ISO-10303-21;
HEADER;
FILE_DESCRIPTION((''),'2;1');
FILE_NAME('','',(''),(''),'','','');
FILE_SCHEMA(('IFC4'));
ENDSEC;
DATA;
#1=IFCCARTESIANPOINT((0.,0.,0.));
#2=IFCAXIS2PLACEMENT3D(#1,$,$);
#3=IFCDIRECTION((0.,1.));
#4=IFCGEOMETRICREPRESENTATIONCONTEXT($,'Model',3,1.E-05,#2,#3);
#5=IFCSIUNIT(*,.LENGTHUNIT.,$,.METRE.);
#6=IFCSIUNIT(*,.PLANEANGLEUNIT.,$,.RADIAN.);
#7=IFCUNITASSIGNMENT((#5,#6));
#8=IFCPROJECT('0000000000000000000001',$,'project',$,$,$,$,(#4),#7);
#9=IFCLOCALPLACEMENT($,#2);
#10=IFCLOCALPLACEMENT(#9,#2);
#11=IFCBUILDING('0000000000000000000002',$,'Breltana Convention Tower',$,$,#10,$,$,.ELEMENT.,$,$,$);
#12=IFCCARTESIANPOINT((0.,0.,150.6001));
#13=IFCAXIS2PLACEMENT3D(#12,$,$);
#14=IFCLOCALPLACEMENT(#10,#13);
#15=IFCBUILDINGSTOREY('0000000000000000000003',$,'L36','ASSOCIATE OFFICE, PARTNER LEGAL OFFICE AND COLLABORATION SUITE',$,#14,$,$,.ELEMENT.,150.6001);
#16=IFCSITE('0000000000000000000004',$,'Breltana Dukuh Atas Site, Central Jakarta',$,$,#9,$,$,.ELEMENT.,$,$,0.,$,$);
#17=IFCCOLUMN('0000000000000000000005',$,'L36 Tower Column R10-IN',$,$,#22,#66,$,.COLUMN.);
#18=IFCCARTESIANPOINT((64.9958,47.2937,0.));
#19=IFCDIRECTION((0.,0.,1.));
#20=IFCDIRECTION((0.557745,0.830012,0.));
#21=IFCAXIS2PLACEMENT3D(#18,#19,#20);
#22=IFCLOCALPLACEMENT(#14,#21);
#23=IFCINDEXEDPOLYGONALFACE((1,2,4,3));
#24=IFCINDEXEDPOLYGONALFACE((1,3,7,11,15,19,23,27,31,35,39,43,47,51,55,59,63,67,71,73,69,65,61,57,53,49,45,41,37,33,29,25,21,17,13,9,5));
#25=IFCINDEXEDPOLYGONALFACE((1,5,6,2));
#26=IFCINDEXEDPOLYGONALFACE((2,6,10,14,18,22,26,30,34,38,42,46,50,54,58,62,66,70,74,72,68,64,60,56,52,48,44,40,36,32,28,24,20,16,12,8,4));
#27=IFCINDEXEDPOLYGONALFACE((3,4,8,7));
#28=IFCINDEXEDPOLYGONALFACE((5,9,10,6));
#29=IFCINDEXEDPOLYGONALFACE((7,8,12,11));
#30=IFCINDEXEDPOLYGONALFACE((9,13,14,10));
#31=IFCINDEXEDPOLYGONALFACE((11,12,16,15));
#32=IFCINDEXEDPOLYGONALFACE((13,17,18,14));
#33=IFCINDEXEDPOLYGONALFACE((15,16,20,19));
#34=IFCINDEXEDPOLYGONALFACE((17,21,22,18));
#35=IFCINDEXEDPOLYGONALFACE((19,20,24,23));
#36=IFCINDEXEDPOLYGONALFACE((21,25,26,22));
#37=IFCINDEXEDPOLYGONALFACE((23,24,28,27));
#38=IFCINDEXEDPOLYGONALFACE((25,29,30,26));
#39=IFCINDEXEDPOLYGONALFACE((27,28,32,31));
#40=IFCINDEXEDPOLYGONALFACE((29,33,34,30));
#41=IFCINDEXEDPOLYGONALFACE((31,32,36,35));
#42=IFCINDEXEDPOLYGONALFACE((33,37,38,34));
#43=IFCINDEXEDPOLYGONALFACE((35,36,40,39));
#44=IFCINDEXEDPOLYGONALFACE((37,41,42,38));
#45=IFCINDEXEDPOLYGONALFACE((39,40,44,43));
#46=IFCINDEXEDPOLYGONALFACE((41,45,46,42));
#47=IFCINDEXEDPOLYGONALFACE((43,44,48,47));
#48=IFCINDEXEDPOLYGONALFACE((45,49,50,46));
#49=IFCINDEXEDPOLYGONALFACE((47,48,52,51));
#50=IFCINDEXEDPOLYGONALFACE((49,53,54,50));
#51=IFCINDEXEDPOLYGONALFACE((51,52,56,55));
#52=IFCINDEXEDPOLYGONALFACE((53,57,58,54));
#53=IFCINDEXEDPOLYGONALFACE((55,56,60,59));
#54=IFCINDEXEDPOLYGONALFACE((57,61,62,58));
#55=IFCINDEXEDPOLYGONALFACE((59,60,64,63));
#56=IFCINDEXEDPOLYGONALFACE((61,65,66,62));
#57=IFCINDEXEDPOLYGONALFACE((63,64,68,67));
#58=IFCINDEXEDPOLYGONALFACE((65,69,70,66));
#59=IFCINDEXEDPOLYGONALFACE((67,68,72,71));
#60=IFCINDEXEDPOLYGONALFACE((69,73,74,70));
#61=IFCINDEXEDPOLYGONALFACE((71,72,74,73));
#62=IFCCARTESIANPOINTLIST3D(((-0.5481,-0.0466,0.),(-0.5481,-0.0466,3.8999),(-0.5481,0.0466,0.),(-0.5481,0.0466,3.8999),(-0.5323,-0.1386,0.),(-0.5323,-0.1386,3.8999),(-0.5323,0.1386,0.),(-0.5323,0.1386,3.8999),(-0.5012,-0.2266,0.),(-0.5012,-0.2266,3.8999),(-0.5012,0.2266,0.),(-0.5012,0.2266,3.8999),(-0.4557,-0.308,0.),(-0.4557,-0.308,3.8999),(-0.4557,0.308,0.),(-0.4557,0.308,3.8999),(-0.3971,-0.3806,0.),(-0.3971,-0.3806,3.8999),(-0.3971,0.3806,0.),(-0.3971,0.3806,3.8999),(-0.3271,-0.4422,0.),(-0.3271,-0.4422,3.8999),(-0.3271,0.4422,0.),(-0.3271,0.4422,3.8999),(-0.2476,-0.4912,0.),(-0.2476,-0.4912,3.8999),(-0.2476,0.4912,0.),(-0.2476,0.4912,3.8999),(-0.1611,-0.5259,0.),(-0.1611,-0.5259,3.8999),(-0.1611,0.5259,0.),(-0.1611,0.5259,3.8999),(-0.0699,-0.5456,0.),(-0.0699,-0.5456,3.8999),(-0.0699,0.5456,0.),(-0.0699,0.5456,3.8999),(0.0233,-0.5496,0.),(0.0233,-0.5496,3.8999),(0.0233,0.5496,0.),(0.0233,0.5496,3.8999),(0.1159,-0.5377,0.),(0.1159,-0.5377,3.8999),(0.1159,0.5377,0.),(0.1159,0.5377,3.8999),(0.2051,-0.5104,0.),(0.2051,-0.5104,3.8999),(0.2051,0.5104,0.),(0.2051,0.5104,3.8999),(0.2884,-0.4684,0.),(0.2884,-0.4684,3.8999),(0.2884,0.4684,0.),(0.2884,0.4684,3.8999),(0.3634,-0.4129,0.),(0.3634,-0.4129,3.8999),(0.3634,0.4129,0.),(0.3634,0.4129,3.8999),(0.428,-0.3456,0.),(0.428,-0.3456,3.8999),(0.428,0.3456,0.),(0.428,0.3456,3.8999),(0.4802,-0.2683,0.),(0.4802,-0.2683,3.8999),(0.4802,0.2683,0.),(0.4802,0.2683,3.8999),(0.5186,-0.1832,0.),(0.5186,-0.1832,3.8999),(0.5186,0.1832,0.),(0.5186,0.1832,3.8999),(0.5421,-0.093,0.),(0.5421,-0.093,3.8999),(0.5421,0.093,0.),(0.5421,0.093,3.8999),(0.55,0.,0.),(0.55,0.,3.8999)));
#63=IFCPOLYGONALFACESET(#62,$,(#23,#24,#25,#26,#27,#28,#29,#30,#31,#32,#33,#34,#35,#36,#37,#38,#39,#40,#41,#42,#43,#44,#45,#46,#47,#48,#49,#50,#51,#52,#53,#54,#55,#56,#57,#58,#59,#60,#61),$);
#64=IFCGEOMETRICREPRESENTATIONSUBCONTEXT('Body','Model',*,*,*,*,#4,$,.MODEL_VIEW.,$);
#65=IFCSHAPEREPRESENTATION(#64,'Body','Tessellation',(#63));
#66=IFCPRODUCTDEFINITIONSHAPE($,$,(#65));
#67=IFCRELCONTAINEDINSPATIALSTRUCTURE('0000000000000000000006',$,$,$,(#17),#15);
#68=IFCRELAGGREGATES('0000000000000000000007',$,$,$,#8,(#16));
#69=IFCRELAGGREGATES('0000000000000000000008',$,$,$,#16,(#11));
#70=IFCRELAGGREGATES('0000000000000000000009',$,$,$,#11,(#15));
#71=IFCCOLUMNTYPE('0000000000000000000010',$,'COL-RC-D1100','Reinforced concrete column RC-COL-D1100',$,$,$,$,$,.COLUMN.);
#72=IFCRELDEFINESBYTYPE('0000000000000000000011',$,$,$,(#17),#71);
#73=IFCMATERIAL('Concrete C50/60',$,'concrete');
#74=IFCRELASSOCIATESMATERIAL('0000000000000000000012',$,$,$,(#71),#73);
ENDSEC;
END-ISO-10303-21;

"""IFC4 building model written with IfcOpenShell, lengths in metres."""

from ifc_helpers import new_model, si_unit, direction, frame, origin, origin_2d, place, context, subcontext, project, spatial, circle, extrude, source, transform, mapped, material, material_profile, profile_set, type_object, element, save


model = new_model("IFC4")

# Units and contexts
model_context = context("Model", 3, precision=1e-05, world=origin(), true_north=direction((0.0, 1.0)))
body_context = subcontext(model_context, "Body", "Model", "MODEL_VIEW")
ifc_project = project(units=[si_unit("LENGTHUNIT", "METRE"), si_unit("PLANEANGLEUNIT", "RADIAN")], contexts=[model_context])

# Site, building, storey
site_placement = place(None, origin())
site = spatial("IfcSite", under=ifc_project, at=site_placement, Name="Breltana Dukuh Atas Site, Central Jakarta", CompositionType="ELEMENT", RefElevation=0.0)
building_placement = place(site_placement, origin())
building = spatial("IfcBuilding", under=site, at=building_placement, Name="Breltana Convention Tower", CompositionType="ELEMENT")
storey_placement = place(building_placement, frame((0.0, 0.0, 150.6001)))
storey = spatial("IfcBuildingStorey", under=building, at=storey_placement, Name="L36", Description="ASSOCIATE OFFICE, PARTNER LEGAL OFFICE AND COLLABORATION SUITE", CompositionType="ELEMENT", Elevation=150.6001)

# Column
ifc_material_1 = material(Name="Concrete C50/60", Category="concrete")
ifc_material_profile_1 = material_profile(ifc_material_1, circle(Radius=0.55, at=origin_2d()), Name="RC-COL-D1100")
ifc_profile_set_1 = profile_set([ifc_material_profile_1], Name="Concrete C50/60")
column_type_1 = type_object("IfcColumnType", Name="COL-RC-D1100", Description="Reinforced concrete column RC-COL-D1100", PredefinedType="COLUMN", material=ifc_profile_set_1)
shared_shape_1 = source(origin(), body_context, "Body", "SweptSolid", [
    extrude(circle(Radius=0.55, at=origin_2d()), origin(), (0.0, 0.0, 1.0), 3.8999),
])
column_1_placement = place(storey_placement, frame((64.9958, 47.2937, 0.0), z_axis=(0.0, 0.0, 1.0), x_axis=(0.557745, 0.830012, 0.0)))
element("IfcColumn", 1, at=column_1_placement, inside=storey, type_object=column_type_1, Name="L36 Tower Column R10-IN", PredefinedType="COLUMN", context=body_context, shape_type="MappedRepresentation", body=[
    mapped(shared_shape_1, transform((0.0, 0.0, 0.0), scale=1.0)),
])

save(model, "model.ifc")
